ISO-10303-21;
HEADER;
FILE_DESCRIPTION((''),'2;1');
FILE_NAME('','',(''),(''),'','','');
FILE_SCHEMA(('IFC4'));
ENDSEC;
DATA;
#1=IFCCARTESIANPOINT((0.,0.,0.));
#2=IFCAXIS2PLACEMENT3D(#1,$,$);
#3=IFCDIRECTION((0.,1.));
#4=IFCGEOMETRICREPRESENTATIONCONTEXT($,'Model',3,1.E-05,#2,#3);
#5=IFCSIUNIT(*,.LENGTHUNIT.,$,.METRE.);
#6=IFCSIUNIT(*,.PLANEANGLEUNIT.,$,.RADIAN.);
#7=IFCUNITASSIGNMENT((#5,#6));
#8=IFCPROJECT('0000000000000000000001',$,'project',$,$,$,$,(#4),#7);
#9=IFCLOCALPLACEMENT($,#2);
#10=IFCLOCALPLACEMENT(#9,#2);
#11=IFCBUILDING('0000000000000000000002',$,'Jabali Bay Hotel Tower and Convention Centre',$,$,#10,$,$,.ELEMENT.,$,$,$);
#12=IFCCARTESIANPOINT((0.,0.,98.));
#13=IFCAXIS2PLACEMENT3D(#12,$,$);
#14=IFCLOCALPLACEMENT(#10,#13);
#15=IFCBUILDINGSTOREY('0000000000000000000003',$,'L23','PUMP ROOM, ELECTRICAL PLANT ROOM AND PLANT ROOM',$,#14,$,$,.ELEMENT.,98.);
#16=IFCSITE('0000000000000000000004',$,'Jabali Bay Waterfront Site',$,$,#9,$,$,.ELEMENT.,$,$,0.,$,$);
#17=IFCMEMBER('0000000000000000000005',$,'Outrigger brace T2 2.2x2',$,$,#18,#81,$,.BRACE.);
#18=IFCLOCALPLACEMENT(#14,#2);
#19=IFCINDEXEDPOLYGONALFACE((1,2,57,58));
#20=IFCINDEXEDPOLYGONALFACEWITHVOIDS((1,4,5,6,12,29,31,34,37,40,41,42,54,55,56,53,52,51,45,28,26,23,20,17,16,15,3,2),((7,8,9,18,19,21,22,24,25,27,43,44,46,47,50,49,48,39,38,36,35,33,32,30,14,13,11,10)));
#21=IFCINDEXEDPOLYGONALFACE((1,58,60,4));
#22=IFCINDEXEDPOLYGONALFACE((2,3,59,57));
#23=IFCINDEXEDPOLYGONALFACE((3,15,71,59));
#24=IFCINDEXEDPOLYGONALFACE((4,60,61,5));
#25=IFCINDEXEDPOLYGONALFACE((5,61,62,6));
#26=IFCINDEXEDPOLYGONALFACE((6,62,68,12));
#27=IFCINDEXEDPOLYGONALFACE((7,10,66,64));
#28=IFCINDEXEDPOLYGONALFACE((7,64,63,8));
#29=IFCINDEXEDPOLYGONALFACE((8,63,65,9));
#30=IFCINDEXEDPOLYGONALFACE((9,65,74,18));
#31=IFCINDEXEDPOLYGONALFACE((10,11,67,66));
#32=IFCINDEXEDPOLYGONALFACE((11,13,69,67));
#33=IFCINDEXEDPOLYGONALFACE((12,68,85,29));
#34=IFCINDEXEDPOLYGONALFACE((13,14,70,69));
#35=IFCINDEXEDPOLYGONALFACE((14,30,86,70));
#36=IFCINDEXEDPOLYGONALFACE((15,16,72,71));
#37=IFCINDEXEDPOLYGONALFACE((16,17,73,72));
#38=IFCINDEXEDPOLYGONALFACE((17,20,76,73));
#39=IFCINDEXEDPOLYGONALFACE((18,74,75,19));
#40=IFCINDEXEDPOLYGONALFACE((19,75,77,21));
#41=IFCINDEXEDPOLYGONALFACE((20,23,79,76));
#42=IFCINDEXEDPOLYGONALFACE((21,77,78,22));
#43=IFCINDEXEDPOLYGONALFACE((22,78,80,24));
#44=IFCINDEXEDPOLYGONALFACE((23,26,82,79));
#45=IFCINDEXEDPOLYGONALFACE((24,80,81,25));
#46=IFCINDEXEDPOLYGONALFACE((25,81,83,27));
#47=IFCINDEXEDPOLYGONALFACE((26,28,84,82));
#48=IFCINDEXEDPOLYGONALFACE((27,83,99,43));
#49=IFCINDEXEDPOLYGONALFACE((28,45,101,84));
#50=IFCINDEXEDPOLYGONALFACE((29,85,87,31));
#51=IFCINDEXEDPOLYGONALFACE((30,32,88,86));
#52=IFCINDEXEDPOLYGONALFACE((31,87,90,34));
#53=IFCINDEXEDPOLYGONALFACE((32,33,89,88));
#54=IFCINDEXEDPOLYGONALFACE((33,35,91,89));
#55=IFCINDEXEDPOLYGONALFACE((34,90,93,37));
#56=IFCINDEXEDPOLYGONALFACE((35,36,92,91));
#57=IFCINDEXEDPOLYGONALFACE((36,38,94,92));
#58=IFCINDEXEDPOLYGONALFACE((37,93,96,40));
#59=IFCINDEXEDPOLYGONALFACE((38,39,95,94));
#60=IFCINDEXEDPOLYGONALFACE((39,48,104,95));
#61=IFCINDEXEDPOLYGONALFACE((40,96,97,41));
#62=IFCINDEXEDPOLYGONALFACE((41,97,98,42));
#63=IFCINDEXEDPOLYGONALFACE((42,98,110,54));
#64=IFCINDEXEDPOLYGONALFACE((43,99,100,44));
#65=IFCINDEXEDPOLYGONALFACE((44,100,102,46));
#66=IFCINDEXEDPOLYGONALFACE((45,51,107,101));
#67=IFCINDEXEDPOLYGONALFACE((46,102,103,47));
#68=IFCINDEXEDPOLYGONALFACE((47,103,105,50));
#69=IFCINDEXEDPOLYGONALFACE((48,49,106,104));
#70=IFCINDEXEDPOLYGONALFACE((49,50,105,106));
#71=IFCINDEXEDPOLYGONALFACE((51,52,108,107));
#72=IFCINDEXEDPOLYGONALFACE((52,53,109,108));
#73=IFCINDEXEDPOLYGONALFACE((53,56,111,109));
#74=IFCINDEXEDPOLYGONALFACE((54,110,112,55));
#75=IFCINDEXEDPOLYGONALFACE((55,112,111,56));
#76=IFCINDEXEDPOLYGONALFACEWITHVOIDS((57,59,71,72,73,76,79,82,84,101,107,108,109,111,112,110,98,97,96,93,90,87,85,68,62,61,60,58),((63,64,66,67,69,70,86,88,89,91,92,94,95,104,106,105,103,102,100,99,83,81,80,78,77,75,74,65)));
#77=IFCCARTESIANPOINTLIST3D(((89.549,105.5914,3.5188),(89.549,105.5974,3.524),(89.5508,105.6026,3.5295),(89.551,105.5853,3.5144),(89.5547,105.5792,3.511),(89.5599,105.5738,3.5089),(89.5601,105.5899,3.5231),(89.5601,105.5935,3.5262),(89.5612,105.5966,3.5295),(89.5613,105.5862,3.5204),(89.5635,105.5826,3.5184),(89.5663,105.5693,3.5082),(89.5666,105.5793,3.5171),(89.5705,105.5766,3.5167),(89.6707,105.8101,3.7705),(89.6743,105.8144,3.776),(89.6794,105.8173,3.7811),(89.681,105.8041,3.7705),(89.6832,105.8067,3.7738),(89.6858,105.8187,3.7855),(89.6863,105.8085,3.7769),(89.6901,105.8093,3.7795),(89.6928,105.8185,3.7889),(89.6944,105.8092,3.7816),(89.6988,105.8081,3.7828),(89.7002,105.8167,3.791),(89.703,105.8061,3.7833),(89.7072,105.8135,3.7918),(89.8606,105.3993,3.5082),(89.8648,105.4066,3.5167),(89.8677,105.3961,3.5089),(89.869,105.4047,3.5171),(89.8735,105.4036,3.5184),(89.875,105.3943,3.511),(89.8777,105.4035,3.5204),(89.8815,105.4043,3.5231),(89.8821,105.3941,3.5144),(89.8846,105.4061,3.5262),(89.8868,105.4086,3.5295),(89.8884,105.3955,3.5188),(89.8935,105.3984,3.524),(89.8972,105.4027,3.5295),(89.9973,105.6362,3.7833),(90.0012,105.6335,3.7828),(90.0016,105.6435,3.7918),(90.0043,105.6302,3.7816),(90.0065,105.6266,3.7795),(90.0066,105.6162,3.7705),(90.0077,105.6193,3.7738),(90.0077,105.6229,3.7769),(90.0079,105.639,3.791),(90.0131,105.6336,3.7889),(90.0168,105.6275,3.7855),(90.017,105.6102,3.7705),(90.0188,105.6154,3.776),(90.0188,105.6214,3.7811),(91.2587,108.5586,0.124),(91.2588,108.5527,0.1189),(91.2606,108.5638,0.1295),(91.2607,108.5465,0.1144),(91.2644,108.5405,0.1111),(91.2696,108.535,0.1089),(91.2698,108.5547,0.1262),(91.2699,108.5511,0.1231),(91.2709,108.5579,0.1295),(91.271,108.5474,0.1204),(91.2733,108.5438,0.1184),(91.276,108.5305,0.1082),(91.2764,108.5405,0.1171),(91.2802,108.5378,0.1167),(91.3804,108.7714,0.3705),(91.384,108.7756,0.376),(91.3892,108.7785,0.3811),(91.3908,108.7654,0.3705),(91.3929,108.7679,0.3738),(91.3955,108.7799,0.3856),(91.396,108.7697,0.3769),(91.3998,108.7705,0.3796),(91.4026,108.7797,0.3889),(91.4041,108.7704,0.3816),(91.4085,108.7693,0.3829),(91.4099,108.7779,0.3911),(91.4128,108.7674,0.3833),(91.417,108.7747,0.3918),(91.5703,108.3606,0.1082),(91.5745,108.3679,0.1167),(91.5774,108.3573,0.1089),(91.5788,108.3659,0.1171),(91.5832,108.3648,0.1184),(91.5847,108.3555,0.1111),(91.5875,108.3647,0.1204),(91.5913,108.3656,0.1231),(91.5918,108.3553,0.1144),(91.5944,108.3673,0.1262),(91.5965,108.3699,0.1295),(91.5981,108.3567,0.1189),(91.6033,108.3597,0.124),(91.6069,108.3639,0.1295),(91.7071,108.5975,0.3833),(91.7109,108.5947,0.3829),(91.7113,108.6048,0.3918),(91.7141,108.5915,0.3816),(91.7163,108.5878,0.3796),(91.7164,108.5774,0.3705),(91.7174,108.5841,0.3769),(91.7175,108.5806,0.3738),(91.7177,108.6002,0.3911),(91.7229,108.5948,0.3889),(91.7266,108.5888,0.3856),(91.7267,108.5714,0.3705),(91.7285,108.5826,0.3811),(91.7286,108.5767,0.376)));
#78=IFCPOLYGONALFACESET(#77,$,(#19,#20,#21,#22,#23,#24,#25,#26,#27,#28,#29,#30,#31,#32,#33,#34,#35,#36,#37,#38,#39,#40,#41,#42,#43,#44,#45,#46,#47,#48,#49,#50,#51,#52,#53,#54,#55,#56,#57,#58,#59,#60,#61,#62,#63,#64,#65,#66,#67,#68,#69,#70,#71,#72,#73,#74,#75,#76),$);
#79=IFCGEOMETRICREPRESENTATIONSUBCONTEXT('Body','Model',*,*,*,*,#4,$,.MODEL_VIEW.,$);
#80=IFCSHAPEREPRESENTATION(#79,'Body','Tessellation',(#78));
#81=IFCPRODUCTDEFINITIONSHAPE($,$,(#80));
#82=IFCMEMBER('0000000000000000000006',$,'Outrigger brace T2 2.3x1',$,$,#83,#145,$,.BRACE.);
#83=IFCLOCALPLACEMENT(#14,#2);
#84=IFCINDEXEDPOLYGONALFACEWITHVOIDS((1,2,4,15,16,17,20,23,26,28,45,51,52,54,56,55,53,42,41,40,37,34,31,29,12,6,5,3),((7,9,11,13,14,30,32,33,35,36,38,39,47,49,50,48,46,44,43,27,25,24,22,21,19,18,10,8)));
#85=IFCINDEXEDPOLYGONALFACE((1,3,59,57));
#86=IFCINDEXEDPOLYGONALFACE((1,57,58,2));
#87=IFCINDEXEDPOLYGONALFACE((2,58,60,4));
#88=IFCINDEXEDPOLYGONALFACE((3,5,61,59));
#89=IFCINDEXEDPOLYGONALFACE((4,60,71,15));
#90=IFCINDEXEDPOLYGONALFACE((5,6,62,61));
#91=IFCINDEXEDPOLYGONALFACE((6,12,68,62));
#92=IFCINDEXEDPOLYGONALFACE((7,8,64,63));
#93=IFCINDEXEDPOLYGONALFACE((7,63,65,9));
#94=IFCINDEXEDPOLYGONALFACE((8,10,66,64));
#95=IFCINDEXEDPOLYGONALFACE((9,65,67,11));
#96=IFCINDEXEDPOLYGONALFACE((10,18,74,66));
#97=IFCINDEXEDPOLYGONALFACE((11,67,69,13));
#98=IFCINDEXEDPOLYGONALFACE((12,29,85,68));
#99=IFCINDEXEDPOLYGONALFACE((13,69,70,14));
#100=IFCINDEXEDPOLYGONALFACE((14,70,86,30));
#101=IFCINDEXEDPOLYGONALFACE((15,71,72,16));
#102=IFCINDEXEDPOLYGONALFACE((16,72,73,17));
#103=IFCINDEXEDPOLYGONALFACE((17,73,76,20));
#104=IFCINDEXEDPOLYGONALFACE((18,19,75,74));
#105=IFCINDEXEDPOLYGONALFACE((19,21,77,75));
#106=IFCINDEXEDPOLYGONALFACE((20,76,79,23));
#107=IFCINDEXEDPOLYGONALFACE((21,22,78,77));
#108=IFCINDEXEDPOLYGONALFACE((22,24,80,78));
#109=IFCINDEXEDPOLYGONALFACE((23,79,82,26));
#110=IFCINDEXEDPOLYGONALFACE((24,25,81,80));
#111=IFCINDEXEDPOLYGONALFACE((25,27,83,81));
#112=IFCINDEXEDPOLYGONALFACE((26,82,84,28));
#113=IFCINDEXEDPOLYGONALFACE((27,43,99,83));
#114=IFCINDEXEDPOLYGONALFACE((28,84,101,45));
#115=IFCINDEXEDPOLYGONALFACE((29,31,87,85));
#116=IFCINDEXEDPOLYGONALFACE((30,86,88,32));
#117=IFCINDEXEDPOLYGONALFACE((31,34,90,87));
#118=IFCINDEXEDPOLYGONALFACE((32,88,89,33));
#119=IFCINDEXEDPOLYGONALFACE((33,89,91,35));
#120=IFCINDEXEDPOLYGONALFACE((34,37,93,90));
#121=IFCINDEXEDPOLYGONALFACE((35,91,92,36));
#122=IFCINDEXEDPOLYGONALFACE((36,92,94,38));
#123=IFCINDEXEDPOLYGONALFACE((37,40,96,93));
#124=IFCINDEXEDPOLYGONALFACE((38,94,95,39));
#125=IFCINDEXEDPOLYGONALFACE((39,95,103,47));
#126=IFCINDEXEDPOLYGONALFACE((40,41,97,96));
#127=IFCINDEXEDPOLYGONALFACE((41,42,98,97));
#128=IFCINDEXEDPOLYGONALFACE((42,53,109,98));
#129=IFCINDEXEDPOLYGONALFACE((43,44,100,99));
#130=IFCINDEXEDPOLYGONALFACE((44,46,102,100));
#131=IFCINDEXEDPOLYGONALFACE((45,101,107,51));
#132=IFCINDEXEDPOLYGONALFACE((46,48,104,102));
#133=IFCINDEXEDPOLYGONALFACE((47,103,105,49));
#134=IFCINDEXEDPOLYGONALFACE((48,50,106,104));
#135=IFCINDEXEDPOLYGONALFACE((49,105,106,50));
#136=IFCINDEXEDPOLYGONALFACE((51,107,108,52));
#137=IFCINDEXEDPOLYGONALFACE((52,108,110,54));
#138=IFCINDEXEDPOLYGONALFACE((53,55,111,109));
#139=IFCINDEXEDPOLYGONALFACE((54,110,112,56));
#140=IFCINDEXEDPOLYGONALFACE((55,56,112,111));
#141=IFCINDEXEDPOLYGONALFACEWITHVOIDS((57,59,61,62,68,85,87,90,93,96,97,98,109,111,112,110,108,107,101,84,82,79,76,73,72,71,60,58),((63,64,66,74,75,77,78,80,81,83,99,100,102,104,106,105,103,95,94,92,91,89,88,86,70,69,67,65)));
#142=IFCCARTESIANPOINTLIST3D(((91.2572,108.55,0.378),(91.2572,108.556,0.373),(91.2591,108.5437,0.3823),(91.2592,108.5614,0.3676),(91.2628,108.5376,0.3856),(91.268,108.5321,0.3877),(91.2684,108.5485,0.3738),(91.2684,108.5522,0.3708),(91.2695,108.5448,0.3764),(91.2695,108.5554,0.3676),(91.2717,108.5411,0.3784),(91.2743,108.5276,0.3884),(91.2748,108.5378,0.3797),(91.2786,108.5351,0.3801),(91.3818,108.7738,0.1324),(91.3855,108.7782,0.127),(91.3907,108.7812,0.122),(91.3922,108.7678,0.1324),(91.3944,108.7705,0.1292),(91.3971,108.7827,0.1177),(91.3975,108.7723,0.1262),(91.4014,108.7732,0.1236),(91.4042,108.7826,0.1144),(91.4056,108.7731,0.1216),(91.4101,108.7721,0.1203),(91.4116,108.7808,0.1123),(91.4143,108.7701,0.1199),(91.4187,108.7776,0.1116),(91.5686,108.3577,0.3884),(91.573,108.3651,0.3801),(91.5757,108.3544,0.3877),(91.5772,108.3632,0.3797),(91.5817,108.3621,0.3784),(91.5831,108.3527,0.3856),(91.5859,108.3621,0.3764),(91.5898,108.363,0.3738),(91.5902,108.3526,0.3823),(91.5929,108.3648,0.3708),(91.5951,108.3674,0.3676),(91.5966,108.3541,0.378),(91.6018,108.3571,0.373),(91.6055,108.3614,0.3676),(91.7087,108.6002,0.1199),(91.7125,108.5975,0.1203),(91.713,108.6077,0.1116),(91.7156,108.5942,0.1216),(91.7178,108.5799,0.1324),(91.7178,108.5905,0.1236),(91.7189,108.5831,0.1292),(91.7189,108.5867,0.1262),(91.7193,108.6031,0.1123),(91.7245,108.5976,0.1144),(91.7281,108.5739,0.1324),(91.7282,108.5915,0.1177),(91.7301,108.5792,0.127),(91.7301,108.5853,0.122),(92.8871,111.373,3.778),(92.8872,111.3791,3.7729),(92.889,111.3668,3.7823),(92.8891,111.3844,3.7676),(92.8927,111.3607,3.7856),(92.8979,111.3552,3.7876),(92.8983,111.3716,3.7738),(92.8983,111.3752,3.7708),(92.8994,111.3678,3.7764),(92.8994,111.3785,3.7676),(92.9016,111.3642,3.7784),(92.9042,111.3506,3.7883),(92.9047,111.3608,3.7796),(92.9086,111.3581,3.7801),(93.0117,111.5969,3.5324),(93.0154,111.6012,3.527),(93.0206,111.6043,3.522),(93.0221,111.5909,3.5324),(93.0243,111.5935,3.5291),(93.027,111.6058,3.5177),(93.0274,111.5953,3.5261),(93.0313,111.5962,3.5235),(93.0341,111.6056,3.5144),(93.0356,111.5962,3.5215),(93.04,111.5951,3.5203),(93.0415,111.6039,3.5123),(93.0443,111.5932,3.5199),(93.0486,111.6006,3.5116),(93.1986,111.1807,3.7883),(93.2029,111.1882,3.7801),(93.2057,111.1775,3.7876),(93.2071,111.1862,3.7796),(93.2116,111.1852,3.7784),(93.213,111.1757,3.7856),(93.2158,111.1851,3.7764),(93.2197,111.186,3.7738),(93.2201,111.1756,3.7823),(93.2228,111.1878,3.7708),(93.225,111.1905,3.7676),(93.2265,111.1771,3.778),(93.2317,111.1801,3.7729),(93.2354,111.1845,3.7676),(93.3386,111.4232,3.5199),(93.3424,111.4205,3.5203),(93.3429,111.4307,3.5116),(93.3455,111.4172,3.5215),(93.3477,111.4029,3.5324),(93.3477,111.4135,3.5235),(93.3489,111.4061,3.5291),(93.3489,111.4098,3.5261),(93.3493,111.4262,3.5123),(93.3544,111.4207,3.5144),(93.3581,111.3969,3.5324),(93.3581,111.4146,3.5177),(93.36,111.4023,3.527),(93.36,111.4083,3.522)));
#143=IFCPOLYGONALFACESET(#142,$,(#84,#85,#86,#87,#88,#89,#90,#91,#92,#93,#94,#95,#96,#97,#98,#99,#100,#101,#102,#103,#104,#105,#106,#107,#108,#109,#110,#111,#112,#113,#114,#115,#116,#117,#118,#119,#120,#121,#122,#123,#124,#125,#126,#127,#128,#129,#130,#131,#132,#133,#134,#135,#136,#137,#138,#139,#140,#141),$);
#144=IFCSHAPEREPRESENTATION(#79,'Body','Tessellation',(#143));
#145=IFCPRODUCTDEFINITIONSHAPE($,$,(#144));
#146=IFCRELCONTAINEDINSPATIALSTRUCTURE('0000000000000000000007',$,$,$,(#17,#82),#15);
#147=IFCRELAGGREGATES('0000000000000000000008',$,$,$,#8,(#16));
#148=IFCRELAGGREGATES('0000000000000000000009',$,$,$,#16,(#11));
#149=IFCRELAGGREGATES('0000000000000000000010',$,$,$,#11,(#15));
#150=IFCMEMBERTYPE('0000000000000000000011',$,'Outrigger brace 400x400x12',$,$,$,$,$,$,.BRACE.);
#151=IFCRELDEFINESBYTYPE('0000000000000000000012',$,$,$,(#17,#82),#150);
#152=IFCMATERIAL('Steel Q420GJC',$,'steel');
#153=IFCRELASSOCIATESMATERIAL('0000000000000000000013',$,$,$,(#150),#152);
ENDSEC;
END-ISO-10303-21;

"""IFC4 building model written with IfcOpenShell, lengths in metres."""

from ifc_helpers import new_model, si_unit, direction, frame, origin, origin_2d, place, context, subcontext, project, spatial, hollow_rectangle, extrude, material, material_profile, profile_set, type_object, element, save


model = new_model("IFC4")

# Units and contexts
model_context = context("Model", 3, precision=1e-05, world=origin(), true_north=direction((0.0, 1.0)))
body_context = subcontext(model_context, "Body", "Model", "MODEL_VIEW")
ifc_project = project(units=[si_unit("LENGTHUNIT", "METRE"), si_unit("PLANEANGLEUNIT", "RADIAN")], contexts=[model_context])

# Site, building, storey
site_placement = place(None, origin())
site = spatial("IfcSite", under=ifc_project, at=site_placement, Name="Jabali Bay Waterfront Site", CompositionType="ELEMENT", RefElevation=0.0)
building_placement = place(site_placement, origin())
building = spatial("IfcBuilding", under=site, at=building_placement, Name="Jabali Bay Hotel Tower and Convention Centre", CompositionType="ELEMENT")
storey_placement = place(building_placement, frame((0.0, 0.0, 98.0)))
storey = spatial("IfcBuildingStorey", under=building, at=storey_placement, Name="L23", Description="PUMP ROOM, ELECTRICAL PLANT ROOM AND PLANT ROOM", CompositionType="ELEMENT", Elevation=98.0)

# Members
ifc_material_1 = material(Name="Steel Q420GJC", Category="steel")
ifc_material_profile_1 = material_profile(ifc_material_1, hollow_rectangle(XDim=0.3999, YDim=0.3999, WallThickness=0.012, InnerFilletRadius=0.0181, OuterFilletRadius=0.03, at=origin_2d()), Name="Outrigger brace 400x400x12")
ifc_profile_set_1 = profile_set([ifc_material_profile_1], Name="Steel Q420GJC")
member_type_1 = type_object("IfcMemberType", Name="Outrigger brace 400x400x12", PredefinedType="BRACE", material=ifc_profile_set_1)
member_1_placement = place(storey_placement, frame((91.4937, 108.5676, 0.25), z_axis=(-0.354571, -0.614106, 0.705091), x_axis=(0.866016, -0.500017, 0.0)))
element("IfcMember", 1, at=member_1_placement, inside=storey, type_object=member_type_1, Name="Outrigger brace T2 2.2x2", PredefinedType="BRACE", context=body_context, shape_type="SweptSolid", body=[
    extrude(hollow_rectangle(XDim=0.3999, YDim=0.3999, WallThickness=0.012, InnerFilletRadius=0.0181, OuterFilletRadius=0.03, at=origin_2d()), origin(), (0.0, 0.0, 1.0), 4.822),
])
member_2_placement = place(storey_placement, frame((91.4937, 108.5676, 0.25), z_axis=(0.346039, 0.599348, 0.72183), x_axis=(-0.866022, 0.500006, 0.0)))
element("IfcMember", 2, at=member_2_placement, inside=storey, type_object=member_type_1, Name="Outrigger brace T2 2.3x1", PredefinedType="BRACE", context=body_context, shape_type="SweptSolid", body=[
    extrude(hollow_rectangle(XDim=0.3999, YDim=0.3999, WallThickness=0.012, InnerFilletRadius=0.0181, OuterFilletRadius=0.03, at=origin_2d()), origin(), (0.0, 0.0, 1.0), 4.7102),
])

save(model, "model.ifc")
